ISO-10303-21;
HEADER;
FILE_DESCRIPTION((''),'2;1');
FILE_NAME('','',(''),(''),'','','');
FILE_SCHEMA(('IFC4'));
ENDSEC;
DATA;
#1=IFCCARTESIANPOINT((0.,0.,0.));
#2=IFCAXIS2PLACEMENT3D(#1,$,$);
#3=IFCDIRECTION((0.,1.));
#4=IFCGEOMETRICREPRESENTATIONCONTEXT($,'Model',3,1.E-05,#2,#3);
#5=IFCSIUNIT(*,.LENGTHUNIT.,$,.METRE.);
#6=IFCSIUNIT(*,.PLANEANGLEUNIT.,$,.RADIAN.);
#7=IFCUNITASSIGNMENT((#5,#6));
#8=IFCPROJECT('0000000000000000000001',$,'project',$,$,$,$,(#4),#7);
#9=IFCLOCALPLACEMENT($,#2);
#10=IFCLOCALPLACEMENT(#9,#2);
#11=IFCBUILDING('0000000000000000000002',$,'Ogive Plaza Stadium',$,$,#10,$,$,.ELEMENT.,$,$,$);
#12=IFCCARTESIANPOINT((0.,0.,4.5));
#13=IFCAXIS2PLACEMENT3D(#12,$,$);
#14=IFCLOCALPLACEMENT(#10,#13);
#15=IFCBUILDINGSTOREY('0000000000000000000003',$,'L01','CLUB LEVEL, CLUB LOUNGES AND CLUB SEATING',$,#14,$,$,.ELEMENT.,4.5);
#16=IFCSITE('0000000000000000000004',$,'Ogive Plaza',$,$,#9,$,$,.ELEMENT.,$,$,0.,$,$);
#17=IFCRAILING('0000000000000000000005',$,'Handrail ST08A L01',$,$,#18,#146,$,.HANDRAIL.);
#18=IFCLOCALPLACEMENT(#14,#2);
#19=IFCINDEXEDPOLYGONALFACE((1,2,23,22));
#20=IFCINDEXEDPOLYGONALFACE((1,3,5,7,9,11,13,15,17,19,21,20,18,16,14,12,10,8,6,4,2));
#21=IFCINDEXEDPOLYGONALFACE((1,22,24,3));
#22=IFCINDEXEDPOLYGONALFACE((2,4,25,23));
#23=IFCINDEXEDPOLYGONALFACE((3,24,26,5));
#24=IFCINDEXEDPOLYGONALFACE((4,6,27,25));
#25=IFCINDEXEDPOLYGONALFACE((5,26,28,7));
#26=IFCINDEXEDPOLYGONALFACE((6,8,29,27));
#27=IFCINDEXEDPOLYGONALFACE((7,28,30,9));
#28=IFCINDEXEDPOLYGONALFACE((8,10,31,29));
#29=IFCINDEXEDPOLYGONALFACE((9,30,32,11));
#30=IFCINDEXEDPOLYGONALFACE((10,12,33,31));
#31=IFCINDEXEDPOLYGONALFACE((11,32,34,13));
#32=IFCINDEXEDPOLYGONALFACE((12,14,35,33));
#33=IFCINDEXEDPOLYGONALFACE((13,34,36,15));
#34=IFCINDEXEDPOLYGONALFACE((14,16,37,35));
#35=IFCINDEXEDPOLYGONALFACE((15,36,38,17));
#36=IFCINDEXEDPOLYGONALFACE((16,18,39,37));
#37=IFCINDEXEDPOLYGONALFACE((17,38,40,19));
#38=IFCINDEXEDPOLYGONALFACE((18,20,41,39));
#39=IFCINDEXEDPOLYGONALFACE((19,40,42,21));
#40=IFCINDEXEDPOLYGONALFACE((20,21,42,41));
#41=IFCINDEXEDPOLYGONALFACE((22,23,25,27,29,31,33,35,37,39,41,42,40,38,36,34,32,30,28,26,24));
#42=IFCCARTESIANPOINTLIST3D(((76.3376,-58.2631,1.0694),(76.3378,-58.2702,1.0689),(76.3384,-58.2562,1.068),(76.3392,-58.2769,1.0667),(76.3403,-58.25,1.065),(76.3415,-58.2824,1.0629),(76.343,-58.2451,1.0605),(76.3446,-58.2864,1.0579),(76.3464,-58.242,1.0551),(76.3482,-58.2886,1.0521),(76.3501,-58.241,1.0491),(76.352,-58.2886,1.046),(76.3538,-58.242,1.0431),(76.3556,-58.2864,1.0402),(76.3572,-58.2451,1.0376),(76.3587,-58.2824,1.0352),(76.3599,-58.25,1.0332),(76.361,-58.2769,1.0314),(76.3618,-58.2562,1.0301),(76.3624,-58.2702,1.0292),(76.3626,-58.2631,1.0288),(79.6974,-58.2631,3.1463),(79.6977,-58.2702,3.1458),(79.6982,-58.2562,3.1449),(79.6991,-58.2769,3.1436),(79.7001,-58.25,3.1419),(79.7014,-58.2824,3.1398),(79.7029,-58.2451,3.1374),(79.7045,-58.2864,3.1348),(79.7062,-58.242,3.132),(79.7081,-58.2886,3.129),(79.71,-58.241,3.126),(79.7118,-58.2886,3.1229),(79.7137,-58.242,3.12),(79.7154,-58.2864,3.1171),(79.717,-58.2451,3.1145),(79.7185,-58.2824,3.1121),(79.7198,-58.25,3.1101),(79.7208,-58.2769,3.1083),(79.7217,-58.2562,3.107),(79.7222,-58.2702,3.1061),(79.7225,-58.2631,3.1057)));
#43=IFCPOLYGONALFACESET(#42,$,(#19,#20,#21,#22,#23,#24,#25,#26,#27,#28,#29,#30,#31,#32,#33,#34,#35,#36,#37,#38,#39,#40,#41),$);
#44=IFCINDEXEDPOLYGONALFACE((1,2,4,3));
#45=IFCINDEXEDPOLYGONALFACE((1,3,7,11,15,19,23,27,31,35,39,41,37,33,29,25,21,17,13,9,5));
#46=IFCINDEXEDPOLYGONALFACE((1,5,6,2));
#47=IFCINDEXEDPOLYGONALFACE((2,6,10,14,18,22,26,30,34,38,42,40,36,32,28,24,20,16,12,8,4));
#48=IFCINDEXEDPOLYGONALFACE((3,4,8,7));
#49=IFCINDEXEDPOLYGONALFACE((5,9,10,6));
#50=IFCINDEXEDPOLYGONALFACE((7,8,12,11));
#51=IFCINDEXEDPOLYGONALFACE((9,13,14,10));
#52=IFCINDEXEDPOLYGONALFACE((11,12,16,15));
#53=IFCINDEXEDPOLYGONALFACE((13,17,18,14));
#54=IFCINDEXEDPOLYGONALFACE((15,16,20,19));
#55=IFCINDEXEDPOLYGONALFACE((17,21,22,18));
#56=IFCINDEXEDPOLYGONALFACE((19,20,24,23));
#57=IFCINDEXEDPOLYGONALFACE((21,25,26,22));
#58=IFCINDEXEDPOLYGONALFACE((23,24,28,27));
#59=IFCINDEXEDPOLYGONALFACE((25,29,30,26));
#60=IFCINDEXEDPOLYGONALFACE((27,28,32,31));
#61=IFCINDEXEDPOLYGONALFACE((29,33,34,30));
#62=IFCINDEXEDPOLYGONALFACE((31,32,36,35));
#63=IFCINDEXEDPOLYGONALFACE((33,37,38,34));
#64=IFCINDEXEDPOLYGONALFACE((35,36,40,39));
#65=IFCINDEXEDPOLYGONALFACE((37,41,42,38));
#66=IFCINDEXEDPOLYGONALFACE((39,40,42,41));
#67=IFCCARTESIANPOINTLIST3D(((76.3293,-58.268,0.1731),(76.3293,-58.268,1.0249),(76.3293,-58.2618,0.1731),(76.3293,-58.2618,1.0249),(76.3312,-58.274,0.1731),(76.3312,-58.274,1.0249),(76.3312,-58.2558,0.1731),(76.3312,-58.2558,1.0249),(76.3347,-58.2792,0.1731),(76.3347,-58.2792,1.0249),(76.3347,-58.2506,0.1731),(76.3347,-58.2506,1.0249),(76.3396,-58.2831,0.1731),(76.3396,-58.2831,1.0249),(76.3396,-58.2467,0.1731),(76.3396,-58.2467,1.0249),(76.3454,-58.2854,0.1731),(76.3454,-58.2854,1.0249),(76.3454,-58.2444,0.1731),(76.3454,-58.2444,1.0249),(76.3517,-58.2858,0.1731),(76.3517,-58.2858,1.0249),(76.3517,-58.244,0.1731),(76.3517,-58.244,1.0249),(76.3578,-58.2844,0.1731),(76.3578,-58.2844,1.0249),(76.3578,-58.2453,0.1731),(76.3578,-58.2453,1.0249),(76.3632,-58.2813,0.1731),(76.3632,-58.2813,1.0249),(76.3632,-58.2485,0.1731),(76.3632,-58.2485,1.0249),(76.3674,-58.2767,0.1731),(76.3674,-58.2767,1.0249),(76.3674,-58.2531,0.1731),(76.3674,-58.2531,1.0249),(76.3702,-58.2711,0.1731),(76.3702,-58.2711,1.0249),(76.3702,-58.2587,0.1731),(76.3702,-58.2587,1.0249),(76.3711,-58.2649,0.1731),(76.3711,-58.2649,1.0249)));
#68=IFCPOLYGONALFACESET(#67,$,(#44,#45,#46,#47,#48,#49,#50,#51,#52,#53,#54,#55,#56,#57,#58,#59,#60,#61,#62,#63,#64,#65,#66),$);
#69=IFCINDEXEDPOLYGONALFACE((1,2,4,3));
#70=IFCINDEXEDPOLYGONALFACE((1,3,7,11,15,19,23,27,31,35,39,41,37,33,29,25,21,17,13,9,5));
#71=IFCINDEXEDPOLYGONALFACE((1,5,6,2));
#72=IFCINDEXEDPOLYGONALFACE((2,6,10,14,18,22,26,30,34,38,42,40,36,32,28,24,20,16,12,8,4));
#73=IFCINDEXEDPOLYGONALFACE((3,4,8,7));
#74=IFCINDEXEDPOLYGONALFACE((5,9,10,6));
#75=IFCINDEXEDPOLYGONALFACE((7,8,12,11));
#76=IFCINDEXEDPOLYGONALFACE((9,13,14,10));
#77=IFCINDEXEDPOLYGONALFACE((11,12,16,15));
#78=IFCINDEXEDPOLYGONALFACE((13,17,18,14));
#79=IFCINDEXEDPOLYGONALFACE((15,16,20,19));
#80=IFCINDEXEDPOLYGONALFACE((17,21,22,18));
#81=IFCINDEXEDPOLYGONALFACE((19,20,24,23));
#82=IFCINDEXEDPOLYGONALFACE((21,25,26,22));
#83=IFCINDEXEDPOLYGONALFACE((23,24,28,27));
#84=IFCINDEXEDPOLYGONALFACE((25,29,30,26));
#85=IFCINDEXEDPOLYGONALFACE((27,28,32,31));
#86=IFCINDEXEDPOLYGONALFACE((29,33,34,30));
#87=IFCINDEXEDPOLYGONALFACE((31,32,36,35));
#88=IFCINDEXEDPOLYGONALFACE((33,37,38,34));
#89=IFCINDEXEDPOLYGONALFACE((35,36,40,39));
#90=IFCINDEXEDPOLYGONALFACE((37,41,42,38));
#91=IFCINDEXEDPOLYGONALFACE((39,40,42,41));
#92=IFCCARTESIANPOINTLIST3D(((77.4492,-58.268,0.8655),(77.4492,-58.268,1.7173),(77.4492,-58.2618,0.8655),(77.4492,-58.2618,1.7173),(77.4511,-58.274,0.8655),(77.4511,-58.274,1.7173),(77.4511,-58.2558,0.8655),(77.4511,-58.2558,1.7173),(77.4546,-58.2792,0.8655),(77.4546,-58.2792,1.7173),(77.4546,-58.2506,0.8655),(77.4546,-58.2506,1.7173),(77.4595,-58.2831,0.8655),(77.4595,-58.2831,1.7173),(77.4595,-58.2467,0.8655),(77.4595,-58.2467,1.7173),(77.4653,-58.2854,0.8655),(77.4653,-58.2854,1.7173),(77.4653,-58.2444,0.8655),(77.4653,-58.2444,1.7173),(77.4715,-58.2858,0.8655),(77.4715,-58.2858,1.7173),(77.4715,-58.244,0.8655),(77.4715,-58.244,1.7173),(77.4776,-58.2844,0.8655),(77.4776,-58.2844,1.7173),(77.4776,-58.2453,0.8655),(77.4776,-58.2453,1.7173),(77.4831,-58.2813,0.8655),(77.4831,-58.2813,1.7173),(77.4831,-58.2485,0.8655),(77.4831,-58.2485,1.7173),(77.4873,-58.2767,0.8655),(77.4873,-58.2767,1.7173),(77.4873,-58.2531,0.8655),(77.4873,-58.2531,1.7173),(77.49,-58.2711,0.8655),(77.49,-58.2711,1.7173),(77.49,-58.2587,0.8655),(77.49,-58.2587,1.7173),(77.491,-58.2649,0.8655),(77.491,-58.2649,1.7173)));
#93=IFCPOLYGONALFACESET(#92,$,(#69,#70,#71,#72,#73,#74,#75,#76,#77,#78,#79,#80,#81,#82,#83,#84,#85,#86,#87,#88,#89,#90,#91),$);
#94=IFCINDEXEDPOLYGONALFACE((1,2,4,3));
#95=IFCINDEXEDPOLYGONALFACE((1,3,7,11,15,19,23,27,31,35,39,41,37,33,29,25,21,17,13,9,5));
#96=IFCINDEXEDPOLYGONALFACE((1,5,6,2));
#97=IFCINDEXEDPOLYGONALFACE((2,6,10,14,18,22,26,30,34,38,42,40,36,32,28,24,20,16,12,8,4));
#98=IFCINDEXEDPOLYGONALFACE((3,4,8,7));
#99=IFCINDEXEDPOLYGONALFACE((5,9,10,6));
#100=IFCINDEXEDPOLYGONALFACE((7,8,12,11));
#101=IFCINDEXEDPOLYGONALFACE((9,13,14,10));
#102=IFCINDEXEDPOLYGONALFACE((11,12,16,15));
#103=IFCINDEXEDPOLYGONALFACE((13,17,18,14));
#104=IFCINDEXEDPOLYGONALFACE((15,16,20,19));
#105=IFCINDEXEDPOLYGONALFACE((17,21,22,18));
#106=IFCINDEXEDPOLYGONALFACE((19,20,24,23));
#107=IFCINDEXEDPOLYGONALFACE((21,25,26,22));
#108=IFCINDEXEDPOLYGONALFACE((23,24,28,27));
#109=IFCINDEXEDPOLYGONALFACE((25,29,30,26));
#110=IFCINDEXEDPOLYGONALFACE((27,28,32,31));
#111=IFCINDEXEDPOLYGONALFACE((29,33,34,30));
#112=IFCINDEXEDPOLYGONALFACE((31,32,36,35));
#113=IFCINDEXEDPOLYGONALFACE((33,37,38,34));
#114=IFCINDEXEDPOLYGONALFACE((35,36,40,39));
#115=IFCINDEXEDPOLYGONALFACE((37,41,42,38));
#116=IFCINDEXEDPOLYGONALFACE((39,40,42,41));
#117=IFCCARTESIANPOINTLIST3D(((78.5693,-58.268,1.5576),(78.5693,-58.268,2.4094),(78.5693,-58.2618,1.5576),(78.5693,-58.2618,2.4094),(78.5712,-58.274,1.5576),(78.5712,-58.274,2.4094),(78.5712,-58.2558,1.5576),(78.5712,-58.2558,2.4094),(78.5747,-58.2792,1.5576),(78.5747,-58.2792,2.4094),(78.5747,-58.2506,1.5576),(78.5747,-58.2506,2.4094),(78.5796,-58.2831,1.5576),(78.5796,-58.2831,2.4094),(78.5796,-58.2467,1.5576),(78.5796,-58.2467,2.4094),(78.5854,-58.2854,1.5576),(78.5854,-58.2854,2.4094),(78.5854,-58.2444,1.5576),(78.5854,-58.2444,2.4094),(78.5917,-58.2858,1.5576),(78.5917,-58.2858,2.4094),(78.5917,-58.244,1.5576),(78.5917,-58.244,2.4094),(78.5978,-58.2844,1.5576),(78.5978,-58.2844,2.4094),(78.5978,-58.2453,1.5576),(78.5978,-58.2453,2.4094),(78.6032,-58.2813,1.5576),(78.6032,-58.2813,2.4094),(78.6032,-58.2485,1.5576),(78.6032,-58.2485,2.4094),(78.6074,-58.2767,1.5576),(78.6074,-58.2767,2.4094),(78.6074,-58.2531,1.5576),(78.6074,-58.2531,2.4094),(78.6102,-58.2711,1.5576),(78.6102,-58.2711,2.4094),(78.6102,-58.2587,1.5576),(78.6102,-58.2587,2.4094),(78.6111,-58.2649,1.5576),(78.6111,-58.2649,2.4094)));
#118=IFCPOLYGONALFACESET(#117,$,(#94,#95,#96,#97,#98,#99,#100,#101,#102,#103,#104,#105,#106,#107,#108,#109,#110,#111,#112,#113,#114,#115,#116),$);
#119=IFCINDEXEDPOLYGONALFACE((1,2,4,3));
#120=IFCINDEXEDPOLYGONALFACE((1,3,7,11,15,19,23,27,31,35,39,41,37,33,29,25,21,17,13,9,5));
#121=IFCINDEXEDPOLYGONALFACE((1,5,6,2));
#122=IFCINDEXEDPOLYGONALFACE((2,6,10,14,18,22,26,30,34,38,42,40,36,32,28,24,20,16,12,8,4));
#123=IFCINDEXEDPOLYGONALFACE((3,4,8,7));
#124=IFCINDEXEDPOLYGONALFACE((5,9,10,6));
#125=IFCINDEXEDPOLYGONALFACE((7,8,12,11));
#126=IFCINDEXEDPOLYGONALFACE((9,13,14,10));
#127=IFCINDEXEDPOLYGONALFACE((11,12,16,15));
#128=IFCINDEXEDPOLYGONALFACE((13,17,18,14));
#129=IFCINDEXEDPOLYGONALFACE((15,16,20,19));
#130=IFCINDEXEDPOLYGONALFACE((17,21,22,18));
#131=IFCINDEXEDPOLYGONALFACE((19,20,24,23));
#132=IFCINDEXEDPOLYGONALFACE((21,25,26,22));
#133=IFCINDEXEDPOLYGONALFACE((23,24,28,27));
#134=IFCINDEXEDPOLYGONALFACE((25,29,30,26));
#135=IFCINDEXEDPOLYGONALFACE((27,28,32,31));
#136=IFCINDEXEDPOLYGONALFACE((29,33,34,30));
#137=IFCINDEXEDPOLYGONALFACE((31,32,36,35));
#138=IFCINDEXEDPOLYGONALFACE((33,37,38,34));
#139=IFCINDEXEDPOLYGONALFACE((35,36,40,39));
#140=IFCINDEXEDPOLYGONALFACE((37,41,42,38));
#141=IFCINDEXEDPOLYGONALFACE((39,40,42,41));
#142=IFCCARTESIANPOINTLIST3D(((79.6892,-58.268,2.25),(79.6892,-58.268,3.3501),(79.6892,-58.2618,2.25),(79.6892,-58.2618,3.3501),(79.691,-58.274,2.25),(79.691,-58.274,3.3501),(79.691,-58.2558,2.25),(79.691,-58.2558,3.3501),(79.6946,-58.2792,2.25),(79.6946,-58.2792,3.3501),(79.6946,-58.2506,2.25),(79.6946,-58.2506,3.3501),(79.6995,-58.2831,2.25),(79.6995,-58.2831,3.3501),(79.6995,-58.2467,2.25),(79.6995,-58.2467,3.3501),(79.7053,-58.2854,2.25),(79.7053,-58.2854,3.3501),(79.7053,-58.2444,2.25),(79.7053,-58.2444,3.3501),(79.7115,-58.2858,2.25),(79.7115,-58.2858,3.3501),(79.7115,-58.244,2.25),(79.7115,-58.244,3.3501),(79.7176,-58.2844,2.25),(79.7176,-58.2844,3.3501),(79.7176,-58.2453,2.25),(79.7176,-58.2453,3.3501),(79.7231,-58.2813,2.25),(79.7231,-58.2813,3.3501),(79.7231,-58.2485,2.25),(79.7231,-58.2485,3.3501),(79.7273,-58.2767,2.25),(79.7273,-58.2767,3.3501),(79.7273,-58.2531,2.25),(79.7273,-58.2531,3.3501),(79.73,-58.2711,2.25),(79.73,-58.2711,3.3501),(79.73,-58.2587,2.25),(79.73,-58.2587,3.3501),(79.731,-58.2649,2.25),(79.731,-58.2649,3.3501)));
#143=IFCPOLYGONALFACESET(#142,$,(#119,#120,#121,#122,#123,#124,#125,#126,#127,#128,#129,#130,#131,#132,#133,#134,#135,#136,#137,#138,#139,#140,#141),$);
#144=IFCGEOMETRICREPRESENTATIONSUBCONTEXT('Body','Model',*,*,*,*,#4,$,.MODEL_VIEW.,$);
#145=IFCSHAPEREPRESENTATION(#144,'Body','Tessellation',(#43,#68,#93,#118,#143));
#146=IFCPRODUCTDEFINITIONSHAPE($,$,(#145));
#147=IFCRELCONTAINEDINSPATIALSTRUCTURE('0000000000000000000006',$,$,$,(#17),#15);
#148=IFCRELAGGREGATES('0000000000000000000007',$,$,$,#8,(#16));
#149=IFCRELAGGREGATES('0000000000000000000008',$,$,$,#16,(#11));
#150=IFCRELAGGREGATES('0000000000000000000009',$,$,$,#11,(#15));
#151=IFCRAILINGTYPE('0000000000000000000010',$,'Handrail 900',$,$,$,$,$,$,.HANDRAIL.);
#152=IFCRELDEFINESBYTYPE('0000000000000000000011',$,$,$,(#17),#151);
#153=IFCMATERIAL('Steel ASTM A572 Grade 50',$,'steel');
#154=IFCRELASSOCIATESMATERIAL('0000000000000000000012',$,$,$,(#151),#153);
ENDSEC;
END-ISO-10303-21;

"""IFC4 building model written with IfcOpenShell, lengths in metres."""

from ifc_helpers import new_model, si_unit, direction, frame, origin, origin_2d, place, context, subcontext, project, spatial, circle, extrude, material, type_object, element, save


model = new_model("IFC4")

# Units and contexts
model_context = context("Model", 3, precision=1e-05, world=origin(), true_north=direction((0.0, 1.0)))
body_context = subcontext(model_context, "Body", "Model", "MODEL_VIEW")
ifc_project = project(units=[si_unit("LENGTHUNIT", "METRE"), si_unit("PLANEANGLEUNIT", "RADIAN")], contexts=[model_context])

# Site, building, storey
site_placement = place(None, origin())
site = spatial("IfcSite", under=ifc_project, at=site_placement, Name="Ogive Plaza", CompositionType="ELEMENT", RefElevation=0.0)
building_placement = place(site_placement, origin())
building = spatial("IfcBuilding", under=site, at=building_placement, Name="Ogive Plaza Stadium", CompositionType="ELEMENT")
storey_placement = place(building_placement, frame((0.0, 0.0, 4.5)))
storey = spatial("IfcBuildingStorey", under=building, at=storey_placement, Name="L01", Description="CLUB LEVEL, CLUB LOUNGES AND CLUB SEATING", CompositionType="ELEMENT", Elevation=4.5)

# Railing
ifc_material_1 = material(Name="Steel ASTM A572 Grade 50", Category="steel")
railing_type_1 = type_object("IfcRailingType", Name="Handrail 900", PredefinedType="HANDRAIL", material=ifc_material_1)
for number, where, name in (
    (1, (76.3501, -58.2649, 0.1731), "Handrail ST08A L01"),
):
    element("IfcRailing", number, at=place(storey_placement, frame(where)), inside=storey, type_object=railing_type_1, Name=name, PredefinedType="HANDRAIL", context=body_context, shape_type="SweptSolid", body=[
        extrude(circle(Radius=0.0239, at=origin_2d()), frame((0.0, 0.0, 0.876), z_axis=(0.850606, 0.0, 0.525803), x_axis=(0.0, 1.0, 0.0)), (0.0, 0.0, 1.0), 3.95),
        extrude(circle(Radius=0.021, at=origin_2d()), origin(), (0.0, 0.0, 1.0), 0.8518),
        extrude(circle(Radius=0.021, at=origin_2d()), frame((1.1199, 0.0, 0.6924)), (0.0, 0.0, 1.0), 0.8518),
        extrude(circle(Radius=0.021, at=origin_2d()), frame((2.24, 0.0, 1.3845)), (0.0, 0.0, 1.0), 0.8518),
        extrude(circle(Radius=0.021, at=origin_2d()), frame((3.3599, 0.0, 2.0769)), (0.0, 0.0, 1.0), 1.1001),
    ])

save(model, "model.ifc")
